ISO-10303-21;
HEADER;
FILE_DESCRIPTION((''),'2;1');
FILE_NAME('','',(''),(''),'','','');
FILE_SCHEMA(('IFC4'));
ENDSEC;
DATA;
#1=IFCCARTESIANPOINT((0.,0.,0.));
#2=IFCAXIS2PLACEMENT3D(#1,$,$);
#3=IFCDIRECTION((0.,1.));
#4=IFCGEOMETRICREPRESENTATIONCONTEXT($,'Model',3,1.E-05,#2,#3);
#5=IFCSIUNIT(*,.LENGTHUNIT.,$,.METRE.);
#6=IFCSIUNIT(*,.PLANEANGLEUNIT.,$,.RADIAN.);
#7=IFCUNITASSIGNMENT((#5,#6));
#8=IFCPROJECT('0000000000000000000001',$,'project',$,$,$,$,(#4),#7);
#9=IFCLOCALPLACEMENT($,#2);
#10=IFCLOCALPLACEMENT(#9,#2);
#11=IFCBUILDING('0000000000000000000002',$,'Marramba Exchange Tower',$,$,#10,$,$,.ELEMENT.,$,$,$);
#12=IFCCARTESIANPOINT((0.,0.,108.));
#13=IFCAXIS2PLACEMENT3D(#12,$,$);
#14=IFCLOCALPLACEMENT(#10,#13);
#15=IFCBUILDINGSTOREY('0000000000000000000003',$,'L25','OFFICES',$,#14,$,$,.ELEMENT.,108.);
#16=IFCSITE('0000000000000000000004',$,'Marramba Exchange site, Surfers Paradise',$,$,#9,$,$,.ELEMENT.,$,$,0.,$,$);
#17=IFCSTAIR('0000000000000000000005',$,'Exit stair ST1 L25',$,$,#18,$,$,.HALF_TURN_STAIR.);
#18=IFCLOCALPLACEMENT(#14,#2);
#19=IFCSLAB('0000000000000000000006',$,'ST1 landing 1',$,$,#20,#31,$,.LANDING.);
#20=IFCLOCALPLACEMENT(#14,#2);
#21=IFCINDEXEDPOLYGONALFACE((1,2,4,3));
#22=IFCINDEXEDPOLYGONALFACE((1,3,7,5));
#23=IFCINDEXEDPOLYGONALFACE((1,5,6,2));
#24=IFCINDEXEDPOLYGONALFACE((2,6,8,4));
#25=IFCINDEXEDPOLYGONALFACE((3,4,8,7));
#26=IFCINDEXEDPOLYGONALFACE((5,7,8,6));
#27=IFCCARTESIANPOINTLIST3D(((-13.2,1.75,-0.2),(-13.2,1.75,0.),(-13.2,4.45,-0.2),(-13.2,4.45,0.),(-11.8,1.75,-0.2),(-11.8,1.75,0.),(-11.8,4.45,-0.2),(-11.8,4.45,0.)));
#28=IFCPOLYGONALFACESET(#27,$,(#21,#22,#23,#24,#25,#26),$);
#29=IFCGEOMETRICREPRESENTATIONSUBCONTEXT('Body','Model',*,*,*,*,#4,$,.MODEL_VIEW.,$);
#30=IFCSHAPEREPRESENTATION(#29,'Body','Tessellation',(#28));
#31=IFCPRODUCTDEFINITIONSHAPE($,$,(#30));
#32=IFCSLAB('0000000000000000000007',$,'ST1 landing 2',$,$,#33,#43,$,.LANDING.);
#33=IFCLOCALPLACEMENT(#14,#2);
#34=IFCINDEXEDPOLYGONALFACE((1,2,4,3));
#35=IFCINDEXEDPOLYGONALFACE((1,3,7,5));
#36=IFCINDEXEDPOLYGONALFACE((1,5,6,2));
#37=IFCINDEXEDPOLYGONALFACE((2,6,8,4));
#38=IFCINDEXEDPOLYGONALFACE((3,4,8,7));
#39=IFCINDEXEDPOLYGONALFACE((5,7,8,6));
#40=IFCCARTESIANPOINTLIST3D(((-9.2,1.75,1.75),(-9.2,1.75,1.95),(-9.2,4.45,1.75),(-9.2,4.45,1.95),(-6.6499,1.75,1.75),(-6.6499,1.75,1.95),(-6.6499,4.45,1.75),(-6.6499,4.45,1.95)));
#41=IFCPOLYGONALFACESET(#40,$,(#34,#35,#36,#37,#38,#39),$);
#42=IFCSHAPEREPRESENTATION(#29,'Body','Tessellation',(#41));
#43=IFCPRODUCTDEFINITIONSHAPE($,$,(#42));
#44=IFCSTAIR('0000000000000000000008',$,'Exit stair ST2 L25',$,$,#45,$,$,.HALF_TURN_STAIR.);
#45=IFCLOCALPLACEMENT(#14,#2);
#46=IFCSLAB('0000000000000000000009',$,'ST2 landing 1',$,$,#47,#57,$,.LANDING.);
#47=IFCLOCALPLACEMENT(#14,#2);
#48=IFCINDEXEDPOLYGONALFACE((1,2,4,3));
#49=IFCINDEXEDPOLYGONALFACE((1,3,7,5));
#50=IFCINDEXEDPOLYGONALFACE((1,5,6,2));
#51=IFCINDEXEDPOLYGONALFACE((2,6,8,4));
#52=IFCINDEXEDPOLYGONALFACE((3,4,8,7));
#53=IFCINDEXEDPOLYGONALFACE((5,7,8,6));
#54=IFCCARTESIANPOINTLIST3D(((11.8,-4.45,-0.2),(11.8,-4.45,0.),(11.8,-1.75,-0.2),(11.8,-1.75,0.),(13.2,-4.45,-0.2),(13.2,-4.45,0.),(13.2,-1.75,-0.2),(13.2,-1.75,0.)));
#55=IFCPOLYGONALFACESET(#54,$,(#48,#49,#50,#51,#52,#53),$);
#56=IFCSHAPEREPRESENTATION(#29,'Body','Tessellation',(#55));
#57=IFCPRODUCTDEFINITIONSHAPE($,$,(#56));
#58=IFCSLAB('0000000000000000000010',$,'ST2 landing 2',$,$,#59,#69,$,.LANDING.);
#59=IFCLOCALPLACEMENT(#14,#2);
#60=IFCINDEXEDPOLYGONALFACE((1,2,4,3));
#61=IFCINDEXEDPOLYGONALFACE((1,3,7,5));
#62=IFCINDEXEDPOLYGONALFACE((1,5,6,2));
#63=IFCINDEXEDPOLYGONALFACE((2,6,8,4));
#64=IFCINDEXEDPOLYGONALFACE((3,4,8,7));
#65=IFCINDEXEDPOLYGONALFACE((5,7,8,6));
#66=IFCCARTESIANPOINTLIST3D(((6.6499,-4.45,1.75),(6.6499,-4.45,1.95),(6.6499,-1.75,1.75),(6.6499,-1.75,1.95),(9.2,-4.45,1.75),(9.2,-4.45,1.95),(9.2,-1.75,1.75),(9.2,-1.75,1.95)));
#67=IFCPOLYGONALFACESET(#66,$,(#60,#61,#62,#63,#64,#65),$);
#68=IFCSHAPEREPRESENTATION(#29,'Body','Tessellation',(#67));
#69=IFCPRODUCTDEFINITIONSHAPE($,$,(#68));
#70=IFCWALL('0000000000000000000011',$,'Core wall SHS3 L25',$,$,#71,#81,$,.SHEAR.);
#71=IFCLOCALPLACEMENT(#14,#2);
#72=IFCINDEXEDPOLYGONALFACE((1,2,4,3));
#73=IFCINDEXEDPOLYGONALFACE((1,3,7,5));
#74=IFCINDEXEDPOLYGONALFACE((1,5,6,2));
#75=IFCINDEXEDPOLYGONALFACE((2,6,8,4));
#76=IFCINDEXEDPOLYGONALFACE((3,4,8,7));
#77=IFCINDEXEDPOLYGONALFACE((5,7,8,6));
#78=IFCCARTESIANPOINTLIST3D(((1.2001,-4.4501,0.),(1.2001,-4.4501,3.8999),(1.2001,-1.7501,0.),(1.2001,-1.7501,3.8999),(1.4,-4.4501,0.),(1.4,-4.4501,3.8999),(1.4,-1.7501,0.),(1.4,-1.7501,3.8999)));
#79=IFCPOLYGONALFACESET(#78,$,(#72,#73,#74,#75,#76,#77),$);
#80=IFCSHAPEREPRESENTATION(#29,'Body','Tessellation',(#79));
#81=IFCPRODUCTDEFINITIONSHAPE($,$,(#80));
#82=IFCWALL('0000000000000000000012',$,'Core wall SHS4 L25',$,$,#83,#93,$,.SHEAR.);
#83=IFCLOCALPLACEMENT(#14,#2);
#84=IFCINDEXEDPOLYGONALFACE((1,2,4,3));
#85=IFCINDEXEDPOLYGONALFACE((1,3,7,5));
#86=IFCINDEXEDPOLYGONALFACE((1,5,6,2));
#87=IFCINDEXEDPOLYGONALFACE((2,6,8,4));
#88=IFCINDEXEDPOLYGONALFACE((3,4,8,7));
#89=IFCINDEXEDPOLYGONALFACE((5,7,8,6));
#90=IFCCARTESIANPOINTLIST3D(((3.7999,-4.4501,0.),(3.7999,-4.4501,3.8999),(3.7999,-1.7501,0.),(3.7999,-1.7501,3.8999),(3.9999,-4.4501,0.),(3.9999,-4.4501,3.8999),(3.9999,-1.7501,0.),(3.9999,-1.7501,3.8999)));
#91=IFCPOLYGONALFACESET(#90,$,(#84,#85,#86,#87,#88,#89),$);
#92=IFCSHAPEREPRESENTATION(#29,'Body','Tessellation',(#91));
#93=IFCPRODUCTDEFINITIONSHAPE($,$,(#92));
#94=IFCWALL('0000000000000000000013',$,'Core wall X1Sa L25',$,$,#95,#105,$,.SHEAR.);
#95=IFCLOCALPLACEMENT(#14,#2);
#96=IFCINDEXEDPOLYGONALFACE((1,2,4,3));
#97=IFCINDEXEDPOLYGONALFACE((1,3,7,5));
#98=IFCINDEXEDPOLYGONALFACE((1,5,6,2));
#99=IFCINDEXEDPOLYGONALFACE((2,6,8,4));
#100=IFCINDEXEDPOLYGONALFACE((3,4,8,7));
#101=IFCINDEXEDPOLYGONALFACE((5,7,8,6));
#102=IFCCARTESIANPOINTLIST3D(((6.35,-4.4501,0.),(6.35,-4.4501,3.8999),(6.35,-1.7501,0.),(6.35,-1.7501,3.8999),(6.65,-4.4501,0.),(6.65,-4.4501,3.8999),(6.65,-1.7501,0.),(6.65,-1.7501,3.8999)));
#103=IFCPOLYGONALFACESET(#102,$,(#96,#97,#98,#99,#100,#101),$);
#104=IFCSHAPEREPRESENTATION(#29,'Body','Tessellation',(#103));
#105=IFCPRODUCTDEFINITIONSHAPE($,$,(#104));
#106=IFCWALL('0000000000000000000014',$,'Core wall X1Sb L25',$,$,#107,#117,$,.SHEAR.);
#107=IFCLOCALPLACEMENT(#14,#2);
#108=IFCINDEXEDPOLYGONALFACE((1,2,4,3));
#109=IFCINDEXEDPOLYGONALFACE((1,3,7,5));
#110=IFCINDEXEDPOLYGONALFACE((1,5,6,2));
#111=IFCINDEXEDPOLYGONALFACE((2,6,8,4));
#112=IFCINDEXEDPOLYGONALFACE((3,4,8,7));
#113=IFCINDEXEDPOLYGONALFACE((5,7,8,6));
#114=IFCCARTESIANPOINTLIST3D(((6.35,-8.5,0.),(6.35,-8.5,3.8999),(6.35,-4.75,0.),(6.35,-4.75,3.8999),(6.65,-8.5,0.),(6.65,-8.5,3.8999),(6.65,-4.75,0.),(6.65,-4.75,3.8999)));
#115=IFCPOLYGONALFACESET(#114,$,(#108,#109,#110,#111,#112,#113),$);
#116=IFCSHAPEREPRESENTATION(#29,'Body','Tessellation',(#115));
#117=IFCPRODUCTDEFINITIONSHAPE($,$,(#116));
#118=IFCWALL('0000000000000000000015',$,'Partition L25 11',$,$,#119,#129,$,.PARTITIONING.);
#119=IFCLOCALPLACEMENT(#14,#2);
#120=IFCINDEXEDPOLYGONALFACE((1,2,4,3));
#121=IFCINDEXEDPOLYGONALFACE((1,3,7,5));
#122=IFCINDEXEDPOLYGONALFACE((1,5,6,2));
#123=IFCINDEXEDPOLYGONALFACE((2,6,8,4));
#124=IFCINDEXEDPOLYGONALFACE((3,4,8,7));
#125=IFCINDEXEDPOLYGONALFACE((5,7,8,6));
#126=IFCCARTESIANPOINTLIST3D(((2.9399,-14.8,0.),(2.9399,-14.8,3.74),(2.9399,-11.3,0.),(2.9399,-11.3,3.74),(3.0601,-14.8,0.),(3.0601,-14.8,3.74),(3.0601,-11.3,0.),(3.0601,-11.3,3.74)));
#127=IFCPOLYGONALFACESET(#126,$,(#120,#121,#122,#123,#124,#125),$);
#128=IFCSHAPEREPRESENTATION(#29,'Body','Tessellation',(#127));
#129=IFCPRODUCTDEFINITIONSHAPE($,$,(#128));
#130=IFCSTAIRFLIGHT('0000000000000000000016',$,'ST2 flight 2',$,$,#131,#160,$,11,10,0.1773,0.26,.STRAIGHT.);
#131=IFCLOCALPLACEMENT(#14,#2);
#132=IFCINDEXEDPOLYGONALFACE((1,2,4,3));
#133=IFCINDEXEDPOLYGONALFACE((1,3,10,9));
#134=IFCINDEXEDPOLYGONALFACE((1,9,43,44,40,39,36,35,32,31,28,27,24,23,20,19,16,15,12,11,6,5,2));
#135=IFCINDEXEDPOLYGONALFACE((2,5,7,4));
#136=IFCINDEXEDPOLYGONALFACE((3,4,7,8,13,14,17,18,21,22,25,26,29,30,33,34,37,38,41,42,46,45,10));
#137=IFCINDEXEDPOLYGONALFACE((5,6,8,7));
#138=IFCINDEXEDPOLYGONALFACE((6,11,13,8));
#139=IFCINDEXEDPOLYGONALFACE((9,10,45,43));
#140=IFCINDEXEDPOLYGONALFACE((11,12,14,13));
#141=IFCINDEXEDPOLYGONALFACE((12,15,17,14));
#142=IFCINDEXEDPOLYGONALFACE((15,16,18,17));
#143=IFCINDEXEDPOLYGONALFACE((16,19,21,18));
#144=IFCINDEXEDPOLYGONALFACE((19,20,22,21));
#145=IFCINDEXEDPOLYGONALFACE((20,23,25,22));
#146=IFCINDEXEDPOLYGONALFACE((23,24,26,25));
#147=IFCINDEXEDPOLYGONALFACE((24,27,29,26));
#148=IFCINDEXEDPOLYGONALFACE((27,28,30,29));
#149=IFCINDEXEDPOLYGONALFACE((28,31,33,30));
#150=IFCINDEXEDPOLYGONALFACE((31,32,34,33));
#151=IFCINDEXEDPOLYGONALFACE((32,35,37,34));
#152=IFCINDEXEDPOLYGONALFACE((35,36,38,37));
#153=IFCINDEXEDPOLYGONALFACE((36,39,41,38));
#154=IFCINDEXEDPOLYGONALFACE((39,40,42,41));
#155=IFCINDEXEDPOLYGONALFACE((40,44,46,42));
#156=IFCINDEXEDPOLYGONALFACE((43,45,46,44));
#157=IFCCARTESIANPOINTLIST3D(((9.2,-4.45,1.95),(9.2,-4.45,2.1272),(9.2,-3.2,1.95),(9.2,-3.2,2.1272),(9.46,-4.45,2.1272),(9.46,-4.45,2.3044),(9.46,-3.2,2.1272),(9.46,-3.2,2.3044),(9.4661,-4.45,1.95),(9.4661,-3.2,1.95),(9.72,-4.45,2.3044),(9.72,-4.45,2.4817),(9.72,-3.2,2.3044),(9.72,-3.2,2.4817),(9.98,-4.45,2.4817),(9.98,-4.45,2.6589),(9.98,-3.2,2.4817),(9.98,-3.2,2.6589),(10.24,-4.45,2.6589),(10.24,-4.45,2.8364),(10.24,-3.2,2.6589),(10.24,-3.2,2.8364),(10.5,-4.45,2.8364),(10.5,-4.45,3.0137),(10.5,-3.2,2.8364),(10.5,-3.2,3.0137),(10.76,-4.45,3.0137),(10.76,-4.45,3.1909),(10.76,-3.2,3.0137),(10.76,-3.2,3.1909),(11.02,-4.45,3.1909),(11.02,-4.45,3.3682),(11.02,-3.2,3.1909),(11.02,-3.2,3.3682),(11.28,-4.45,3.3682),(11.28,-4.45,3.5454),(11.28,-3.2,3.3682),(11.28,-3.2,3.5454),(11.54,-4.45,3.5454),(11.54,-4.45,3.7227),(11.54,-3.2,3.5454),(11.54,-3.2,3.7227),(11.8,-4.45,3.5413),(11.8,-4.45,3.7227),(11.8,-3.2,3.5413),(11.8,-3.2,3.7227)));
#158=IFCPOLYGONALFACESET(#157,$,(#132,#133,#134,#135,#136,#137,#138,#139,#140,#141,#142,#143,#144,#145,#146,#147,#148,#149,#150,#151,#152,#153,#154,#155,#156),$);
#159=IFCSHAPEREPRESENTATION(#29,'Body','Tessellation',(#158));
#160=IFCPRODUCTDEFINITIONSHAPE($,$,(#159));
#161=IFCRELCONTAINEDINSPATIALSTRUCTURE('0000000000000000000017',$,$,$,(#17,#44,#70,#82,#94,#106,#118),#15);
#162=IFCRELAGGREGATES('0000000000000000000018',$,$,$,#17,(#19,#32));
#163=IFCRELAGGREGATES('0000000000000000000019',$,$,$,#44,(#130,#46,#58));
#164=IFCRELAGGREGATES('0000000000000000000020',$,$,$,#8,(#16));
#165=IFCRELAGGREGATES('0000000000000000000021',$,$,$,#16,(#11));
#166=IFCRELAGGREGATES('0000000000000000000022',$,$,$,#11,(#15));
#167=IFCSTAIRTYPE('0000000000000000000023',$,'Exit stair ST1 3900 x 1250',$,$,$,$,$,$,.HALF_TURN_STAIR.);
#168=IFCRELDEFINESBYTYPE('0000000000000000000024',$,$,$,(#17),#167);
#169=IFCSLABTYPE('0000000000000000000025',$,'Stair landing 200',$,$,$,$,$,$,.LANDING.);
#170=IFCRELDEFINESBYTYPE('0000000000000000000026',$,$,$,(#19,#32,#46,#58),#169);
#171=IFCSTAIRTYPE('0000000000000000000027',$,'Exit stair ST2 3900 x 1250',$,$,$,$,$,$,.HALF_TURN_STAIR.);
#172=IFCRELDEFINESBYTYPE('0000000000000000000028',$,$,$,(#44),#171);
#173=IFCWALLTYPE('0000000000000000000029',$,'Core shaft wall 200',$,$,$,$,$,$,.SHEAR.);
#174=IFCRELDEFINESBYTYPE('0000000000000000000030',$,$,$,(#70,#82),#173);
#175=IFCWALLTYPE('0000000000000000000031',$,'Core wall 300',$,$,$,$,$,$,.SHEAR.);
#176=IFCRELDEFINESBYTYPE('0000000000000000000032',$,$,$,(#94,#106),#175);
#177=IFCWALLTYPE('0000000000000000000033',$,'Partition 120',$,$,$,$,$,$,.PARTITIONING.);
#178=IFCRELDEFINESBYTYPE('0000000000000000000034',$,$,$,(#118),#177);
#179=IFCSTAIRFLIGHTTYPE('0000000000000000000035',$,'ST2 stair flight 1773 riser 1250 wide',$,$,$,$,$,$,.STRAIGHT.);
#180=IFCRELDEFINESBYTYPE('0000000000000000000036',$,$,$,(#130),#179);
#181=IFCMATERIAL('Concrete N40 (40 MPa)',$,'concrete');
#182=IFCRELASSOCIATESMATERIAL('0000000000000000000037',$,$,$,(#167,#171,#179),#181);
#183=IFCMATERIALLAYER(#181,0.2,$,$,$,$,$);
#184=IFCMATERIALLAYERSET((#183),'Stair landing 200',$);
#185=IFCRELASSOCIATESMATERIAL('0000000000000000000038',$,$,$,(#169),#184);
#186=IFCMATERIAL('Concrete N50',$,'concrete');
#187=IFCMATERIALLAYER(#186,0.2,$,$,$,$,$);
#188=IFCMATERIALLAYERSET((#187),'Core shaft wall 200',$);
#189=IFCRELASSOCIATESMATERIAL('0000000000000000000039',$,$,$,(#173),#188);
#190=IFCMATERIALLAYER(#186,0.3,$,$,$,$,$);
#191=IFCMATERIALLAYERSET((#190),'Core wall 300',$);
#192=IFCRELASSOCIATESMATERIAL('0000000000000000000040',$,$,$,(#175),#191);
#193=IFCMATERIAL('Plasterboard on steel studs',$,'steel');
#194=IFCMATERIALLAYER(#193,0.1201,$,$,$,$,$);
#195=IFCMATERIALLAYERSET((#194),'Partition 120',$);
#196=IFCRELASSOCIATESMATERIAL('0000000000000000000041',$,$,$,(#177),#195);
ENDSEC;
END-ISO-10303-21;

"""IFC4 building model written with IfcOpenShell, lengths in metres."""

from ifc_helpers import new_model, si_unit, direction, frame, frame_2d, origin, place, context, subcontext, project, spatial, polyline, rectangle, outline, extrude, material, layer, layer_set, type_object, element, aggregate, save


model = new_model("IFC4")

# Units and contexts
model_context = context("Model", 3, precision=1e-05, world=origin(), true_north=direction((0.0, 1.0)))
body_context = subcontext(model_context, "Body", "Model", "MODEL_VIEW")
ifc_project = project(units=[si_unit("LENGTHUNIT", "METRE"), si_unit("PLANEANGLEUNIT", "RADIAN")], contexts=[model_context])

# Site, building, storey
site_placement = place(None, origin())
site = spatial("IfcSite", under=ifc_project, at=site_placement, Name="Marramba Exchange site, Surfers Paradise", CompositionType="ELEMENT", RefElevation=0.0)
building_placement = place(site_placement, origin())
building = spatial("IfcBuilding", under=site, at=building_placement, Name="Marramba Exchange Tower", CompositionType="ELEMENT")
storey_placement = place(building_placement, frame((0.0, 0.0, 108.0)))
storey = spatial("IfcBuildingStorey", under=building, at=storey_placement, Name="L25", Description="OFFICES", CompositionType="ELEMENT", Elevation=108.0)

# Stairs, slabs
ifc_material_1 = material(Name="Concrete N40 (40 MPa)", Category="concrete")
stair_type_1 = type_object("IfcStairType", Name="Exit stair ST1 3900 x 1250", PredefinedType="HALF_TURN_STAIR", material=ifc_material_1)
stair_1_placement = place(storey_placement, origin())
stair_1 = element("IfcStair", 1, at=stair_1_placement, inside=storey, type_object=stair_type_1, Name="Exit stair ST1 L25", PredefinedType="HALF_TURN_STAIR")
ifc_layer_1 = layer(ifc_material_1, 0.2)
ifc_layer_set_1 = layer_set([ifc_layer_1], Name="Stair landing 200")
slab_type = type_object("IfcSlabType", Name="Stair landing 200", PredefinedType="LANDING", material=ifc_layer_set_1)
slab_1_placement = place(storey_placement, frame((0.0, 0.0, -0.2)))
slab_1 = element("IfcSlab", 2, at=slab_1_placement, type_object=slab_type, Name="ST1 landing 1", PredefinedType="LANDING", context=body_context, shape_type="SweptSolid", body=[
    extrude(outline(polyline([(-13.2, 1.75), (-11.8, 1.75), (-11.8, 4.45), (-13.2, 4.45), (-13.2, 1.75)])), origin(), (0.0, 0.0, 1.0), 0.2),
])
slab_2_placement = place(storey_placement, frame((0.0, 0.0, 1.75)))
slab_2 = element("IfcSlab", 3, at=slab_2_placement, type_object=slab_type, Name="ST1 landing 2", PredefinedType="LANDING", context=body_context, shape_type="SweptSolid", body=[
    extrude(outline(polyline([(-9.2, 1.75), (-6.6499, 1.75), (-6.6499, 4.45), (-9.2, 4.45), (-9.2, 1.75)])), origin(), (0.0, 0.0, 1.0), 0.2),
])
aggregate(stair_1, [slab_1, slab_2])
stair_type_2 = type_object("IfcStairType", Name="Exit stair ST2 3900 x 1250", PredefinedType="HALF_TURN_STAIR", material=ifc_material_1)
stair_2_placement = place(storey_placement, origin())
stair_2 = element("IfcStair", 4, at=stair_2_placement, inside=storey, type_object=stair_type_2, Name="Exit stair ST2 L25", PredefinedType="HALF_TURN_STAIR")
slab_3_placement = place(storey_placement, frame((0.0, 0.0, -0.2)))
slab_3 = element("IfcSlab", 5, at=slab_3_placement, type_object=slab_type, Name="ST2 landing 1", PredefinedType="LANDING", context=body_context, shape_type="SweptSolid", body=[
    extrude(outline(polyline([(11.8, -4.45), (13.2, -4.45), (13.2, -1.75), (11.8, -1.75), (11.8, -4.45)])), origin(), (0.0, 0.0, 1.0), 0.2),
])
slab_4_placement = place(storey_placement, frame((0.0, 0.0, 1.75)))
slab_4 = element("IfcSlab", 6, at=slab_4_placement, type_object=slab_type, Name="ST2 landing 2", PredefinedType="LANDING", context=body_context, shape_type="SweptSolid", body=[
    extrude(outline(polyline([(6.6499, -4.45), (9.2, -4.45), (9.2, -1.75), (6.6499, -1.75), (6.6499, -4.45)])), origin(), (0.0, 0.0, 1.0), 0.2),
])

# Walls
ifc_material_2 = material(Name="Concrete N50", Category="concrete")
ifc_layer_2 = layer(ifc_material_2, 0.2)
ifc_layer_set_2 = layer_set([ifc_layer_2], Name="Core shaft wall 200")
wall_type_1 = type_object("IfcWallType", Name="Core shaft wall 200", PredefinedType="SHEAR", material=ifc_layer_set_2)
for number, where, z_axis, x_axis, name in (
    (7, (1.3, -1.75, 0.0), (0.0, 0.0, 1.0), (0.0, -1.0, 0.0), "Core wall SHS3 L25"),
    (8, (3.8999, -1.75, 0.0), (0.0, 0.0, 1.0), (0.0, -1.0, 0.0), "Core wall SHS4 L25"),
):
    element("IfcWall", number, at=place(storey_placement, frame(where, z_axis=z_axis, x_axis=x_axis)), inside=storey, type_object=wall_type_1, Name=name, PredefinedType="SHEAR", context=body_context, shape_type="SweptSolid", body=[
        extrude(rectangle(XDim=2.7, YDim=0.2, at=frame_2d((1.3501, 0.0))), origin(), (0.0, 0.0, 1.0), 3.8999),
    ])
ifc_layer_3 = layer(ifc_material_2, 0.3)
ifc_layer_set_3 = layer_set([ifc_layer_3], Name="Core wall 300")
wall_type_2 = type_object("IfcWallType", Name="Core wall 300", PredefinedType="SHEAR", material=ifc_layer_set_3)
wall_1_placement = place(storey_placement, frame((6.5, -1.75, 0.0), z_axis=(0.0, 0.0, 1.0), x_axis=(0.0, -1.0, 0.0)))
element("IfcWall", 9, at=wall_1_placement, inside=storey, type_object=wall_type_2, Name="Core wall X1Sa L25", PredefinedType="SHEAR", context=body_context, shape_type="SweptSolid", body=[
    extrude(rectangle(XDim=2.7, YDim=0.3, at=frame_2d((1.3501, 0.0))), origin(), (0.0, 0.0, 1.0), 3.8999),
])
wall_2_placement = place(storey_placement, frame((6.5, -4.75, 0.0), z_axis=(0.0, 0.0, 1.0), x_axis=(0.0, -1.0, 0.0)))
element("IfcWall", 10, at=wall_2_placement, inside=storey, type_object=wall_type_2, Name="Core wall X1Sb L25", PredefinedType="SHEAR", context=body_context, shape_type="SweptSolid", body=[
    extrude(rectangle(XDim=3.75, YDim=0.3, at=frame_2d((1.875, 0.0))), origin(), (0.0, 0.0, 1.0), 3.8999),
])
ifc_material_3 = material(Name="Plasterboard on steel studs", Category="steel")
ifc_layer_4 = layer(ifc_material_3, 0.1201)
ifc_layer_set_4 = layer_set([ifc_layer_4], Name="Partition 120")
wall_type_3 = type_object("IfcWallType", Name="Partition 120", PredefinedType="PARTITIONING", material=ifc_layer_set_4)
wall_3_placement = place(storey_placement, frame((3.0, -11.3, 0.0), z_axis=(0.0, 0.0, 1.0), x_axis=(0.0, -1.0, 0.0)))
element("IfcWall", 11, at=wall_3_placement, inside=storey, type_object=wall_type_3, Name="Partition L25 11", PredefinedType="PARTITIONING", context=body_context, shape_type="SweptSolid", body=[
    extrude(rectangle(XDim=3.5, YDim=0.1201, at=frame_2d((1.75, 0.0))), origin(), (0.0, 0.0, 1.0), 3.74),
])

# Stair flight
stair_flight_type = type_object("IfcStairFlightType", Name="ST2 stair flight 1773 riser 1250 wide", PredefinedType="STRAIGHT", material=ifc_material_1)
stair_flight_placement = place(storey_placement, frame((9.2, -3.825, 1.95), z_axis=(0.0, 0.0, 1.0), x_axis=(1.0, 0.0, 0.0)))
stair_flight = element("IfcStairFlight", 12, at=stair_flight_placement, type_object=stair_flight_type, Name="ST2 flight 2", NumberOfRisers=11, NumberOfTreads=10, PredefinedType="STRAIGHT", RiserHeight=0.1773, TreadLength=0.26, context=body_context, shape_type="SweptSolid", body=[
    extrude(outline(polyline([(0.0, 0.0), (0.0, 0.1772), (0.26, 0.1772), (0.26, 0.3545), (0.52, 0.3545), (0.52, 0.5317), (0.78, 0.5317), (0.78, 0.709), (1.04, 0.709), (1.04, 0.8865), (1.3, 0.8865), (1.3, 1.0637), (1.5601, 1.0637), (1.5601, 1.241), (1.8201, 1.241), (1.8201, 1.4182), (2.0801, 1.4182), (2.0801, 1.5955), (2.3401, 1.5955), (2.3401, 1.7727), (2.6001, 1.7727), (2.6001, 1.95), (2.6001, 1.5913), (0.2661, 0.0), (0.0, 0.0)])), frame((0.0, 0.625, 0.0), z_axis=(0.0, -1.0, 0.0), x_axis=(1.0, 0.0, 0.0)), (0.0, 0.0, 1.0), 1.25),
])
aggregate(stair_2, [stair_flight, slab_3, slab_4])

save(model, "model.ifc")
